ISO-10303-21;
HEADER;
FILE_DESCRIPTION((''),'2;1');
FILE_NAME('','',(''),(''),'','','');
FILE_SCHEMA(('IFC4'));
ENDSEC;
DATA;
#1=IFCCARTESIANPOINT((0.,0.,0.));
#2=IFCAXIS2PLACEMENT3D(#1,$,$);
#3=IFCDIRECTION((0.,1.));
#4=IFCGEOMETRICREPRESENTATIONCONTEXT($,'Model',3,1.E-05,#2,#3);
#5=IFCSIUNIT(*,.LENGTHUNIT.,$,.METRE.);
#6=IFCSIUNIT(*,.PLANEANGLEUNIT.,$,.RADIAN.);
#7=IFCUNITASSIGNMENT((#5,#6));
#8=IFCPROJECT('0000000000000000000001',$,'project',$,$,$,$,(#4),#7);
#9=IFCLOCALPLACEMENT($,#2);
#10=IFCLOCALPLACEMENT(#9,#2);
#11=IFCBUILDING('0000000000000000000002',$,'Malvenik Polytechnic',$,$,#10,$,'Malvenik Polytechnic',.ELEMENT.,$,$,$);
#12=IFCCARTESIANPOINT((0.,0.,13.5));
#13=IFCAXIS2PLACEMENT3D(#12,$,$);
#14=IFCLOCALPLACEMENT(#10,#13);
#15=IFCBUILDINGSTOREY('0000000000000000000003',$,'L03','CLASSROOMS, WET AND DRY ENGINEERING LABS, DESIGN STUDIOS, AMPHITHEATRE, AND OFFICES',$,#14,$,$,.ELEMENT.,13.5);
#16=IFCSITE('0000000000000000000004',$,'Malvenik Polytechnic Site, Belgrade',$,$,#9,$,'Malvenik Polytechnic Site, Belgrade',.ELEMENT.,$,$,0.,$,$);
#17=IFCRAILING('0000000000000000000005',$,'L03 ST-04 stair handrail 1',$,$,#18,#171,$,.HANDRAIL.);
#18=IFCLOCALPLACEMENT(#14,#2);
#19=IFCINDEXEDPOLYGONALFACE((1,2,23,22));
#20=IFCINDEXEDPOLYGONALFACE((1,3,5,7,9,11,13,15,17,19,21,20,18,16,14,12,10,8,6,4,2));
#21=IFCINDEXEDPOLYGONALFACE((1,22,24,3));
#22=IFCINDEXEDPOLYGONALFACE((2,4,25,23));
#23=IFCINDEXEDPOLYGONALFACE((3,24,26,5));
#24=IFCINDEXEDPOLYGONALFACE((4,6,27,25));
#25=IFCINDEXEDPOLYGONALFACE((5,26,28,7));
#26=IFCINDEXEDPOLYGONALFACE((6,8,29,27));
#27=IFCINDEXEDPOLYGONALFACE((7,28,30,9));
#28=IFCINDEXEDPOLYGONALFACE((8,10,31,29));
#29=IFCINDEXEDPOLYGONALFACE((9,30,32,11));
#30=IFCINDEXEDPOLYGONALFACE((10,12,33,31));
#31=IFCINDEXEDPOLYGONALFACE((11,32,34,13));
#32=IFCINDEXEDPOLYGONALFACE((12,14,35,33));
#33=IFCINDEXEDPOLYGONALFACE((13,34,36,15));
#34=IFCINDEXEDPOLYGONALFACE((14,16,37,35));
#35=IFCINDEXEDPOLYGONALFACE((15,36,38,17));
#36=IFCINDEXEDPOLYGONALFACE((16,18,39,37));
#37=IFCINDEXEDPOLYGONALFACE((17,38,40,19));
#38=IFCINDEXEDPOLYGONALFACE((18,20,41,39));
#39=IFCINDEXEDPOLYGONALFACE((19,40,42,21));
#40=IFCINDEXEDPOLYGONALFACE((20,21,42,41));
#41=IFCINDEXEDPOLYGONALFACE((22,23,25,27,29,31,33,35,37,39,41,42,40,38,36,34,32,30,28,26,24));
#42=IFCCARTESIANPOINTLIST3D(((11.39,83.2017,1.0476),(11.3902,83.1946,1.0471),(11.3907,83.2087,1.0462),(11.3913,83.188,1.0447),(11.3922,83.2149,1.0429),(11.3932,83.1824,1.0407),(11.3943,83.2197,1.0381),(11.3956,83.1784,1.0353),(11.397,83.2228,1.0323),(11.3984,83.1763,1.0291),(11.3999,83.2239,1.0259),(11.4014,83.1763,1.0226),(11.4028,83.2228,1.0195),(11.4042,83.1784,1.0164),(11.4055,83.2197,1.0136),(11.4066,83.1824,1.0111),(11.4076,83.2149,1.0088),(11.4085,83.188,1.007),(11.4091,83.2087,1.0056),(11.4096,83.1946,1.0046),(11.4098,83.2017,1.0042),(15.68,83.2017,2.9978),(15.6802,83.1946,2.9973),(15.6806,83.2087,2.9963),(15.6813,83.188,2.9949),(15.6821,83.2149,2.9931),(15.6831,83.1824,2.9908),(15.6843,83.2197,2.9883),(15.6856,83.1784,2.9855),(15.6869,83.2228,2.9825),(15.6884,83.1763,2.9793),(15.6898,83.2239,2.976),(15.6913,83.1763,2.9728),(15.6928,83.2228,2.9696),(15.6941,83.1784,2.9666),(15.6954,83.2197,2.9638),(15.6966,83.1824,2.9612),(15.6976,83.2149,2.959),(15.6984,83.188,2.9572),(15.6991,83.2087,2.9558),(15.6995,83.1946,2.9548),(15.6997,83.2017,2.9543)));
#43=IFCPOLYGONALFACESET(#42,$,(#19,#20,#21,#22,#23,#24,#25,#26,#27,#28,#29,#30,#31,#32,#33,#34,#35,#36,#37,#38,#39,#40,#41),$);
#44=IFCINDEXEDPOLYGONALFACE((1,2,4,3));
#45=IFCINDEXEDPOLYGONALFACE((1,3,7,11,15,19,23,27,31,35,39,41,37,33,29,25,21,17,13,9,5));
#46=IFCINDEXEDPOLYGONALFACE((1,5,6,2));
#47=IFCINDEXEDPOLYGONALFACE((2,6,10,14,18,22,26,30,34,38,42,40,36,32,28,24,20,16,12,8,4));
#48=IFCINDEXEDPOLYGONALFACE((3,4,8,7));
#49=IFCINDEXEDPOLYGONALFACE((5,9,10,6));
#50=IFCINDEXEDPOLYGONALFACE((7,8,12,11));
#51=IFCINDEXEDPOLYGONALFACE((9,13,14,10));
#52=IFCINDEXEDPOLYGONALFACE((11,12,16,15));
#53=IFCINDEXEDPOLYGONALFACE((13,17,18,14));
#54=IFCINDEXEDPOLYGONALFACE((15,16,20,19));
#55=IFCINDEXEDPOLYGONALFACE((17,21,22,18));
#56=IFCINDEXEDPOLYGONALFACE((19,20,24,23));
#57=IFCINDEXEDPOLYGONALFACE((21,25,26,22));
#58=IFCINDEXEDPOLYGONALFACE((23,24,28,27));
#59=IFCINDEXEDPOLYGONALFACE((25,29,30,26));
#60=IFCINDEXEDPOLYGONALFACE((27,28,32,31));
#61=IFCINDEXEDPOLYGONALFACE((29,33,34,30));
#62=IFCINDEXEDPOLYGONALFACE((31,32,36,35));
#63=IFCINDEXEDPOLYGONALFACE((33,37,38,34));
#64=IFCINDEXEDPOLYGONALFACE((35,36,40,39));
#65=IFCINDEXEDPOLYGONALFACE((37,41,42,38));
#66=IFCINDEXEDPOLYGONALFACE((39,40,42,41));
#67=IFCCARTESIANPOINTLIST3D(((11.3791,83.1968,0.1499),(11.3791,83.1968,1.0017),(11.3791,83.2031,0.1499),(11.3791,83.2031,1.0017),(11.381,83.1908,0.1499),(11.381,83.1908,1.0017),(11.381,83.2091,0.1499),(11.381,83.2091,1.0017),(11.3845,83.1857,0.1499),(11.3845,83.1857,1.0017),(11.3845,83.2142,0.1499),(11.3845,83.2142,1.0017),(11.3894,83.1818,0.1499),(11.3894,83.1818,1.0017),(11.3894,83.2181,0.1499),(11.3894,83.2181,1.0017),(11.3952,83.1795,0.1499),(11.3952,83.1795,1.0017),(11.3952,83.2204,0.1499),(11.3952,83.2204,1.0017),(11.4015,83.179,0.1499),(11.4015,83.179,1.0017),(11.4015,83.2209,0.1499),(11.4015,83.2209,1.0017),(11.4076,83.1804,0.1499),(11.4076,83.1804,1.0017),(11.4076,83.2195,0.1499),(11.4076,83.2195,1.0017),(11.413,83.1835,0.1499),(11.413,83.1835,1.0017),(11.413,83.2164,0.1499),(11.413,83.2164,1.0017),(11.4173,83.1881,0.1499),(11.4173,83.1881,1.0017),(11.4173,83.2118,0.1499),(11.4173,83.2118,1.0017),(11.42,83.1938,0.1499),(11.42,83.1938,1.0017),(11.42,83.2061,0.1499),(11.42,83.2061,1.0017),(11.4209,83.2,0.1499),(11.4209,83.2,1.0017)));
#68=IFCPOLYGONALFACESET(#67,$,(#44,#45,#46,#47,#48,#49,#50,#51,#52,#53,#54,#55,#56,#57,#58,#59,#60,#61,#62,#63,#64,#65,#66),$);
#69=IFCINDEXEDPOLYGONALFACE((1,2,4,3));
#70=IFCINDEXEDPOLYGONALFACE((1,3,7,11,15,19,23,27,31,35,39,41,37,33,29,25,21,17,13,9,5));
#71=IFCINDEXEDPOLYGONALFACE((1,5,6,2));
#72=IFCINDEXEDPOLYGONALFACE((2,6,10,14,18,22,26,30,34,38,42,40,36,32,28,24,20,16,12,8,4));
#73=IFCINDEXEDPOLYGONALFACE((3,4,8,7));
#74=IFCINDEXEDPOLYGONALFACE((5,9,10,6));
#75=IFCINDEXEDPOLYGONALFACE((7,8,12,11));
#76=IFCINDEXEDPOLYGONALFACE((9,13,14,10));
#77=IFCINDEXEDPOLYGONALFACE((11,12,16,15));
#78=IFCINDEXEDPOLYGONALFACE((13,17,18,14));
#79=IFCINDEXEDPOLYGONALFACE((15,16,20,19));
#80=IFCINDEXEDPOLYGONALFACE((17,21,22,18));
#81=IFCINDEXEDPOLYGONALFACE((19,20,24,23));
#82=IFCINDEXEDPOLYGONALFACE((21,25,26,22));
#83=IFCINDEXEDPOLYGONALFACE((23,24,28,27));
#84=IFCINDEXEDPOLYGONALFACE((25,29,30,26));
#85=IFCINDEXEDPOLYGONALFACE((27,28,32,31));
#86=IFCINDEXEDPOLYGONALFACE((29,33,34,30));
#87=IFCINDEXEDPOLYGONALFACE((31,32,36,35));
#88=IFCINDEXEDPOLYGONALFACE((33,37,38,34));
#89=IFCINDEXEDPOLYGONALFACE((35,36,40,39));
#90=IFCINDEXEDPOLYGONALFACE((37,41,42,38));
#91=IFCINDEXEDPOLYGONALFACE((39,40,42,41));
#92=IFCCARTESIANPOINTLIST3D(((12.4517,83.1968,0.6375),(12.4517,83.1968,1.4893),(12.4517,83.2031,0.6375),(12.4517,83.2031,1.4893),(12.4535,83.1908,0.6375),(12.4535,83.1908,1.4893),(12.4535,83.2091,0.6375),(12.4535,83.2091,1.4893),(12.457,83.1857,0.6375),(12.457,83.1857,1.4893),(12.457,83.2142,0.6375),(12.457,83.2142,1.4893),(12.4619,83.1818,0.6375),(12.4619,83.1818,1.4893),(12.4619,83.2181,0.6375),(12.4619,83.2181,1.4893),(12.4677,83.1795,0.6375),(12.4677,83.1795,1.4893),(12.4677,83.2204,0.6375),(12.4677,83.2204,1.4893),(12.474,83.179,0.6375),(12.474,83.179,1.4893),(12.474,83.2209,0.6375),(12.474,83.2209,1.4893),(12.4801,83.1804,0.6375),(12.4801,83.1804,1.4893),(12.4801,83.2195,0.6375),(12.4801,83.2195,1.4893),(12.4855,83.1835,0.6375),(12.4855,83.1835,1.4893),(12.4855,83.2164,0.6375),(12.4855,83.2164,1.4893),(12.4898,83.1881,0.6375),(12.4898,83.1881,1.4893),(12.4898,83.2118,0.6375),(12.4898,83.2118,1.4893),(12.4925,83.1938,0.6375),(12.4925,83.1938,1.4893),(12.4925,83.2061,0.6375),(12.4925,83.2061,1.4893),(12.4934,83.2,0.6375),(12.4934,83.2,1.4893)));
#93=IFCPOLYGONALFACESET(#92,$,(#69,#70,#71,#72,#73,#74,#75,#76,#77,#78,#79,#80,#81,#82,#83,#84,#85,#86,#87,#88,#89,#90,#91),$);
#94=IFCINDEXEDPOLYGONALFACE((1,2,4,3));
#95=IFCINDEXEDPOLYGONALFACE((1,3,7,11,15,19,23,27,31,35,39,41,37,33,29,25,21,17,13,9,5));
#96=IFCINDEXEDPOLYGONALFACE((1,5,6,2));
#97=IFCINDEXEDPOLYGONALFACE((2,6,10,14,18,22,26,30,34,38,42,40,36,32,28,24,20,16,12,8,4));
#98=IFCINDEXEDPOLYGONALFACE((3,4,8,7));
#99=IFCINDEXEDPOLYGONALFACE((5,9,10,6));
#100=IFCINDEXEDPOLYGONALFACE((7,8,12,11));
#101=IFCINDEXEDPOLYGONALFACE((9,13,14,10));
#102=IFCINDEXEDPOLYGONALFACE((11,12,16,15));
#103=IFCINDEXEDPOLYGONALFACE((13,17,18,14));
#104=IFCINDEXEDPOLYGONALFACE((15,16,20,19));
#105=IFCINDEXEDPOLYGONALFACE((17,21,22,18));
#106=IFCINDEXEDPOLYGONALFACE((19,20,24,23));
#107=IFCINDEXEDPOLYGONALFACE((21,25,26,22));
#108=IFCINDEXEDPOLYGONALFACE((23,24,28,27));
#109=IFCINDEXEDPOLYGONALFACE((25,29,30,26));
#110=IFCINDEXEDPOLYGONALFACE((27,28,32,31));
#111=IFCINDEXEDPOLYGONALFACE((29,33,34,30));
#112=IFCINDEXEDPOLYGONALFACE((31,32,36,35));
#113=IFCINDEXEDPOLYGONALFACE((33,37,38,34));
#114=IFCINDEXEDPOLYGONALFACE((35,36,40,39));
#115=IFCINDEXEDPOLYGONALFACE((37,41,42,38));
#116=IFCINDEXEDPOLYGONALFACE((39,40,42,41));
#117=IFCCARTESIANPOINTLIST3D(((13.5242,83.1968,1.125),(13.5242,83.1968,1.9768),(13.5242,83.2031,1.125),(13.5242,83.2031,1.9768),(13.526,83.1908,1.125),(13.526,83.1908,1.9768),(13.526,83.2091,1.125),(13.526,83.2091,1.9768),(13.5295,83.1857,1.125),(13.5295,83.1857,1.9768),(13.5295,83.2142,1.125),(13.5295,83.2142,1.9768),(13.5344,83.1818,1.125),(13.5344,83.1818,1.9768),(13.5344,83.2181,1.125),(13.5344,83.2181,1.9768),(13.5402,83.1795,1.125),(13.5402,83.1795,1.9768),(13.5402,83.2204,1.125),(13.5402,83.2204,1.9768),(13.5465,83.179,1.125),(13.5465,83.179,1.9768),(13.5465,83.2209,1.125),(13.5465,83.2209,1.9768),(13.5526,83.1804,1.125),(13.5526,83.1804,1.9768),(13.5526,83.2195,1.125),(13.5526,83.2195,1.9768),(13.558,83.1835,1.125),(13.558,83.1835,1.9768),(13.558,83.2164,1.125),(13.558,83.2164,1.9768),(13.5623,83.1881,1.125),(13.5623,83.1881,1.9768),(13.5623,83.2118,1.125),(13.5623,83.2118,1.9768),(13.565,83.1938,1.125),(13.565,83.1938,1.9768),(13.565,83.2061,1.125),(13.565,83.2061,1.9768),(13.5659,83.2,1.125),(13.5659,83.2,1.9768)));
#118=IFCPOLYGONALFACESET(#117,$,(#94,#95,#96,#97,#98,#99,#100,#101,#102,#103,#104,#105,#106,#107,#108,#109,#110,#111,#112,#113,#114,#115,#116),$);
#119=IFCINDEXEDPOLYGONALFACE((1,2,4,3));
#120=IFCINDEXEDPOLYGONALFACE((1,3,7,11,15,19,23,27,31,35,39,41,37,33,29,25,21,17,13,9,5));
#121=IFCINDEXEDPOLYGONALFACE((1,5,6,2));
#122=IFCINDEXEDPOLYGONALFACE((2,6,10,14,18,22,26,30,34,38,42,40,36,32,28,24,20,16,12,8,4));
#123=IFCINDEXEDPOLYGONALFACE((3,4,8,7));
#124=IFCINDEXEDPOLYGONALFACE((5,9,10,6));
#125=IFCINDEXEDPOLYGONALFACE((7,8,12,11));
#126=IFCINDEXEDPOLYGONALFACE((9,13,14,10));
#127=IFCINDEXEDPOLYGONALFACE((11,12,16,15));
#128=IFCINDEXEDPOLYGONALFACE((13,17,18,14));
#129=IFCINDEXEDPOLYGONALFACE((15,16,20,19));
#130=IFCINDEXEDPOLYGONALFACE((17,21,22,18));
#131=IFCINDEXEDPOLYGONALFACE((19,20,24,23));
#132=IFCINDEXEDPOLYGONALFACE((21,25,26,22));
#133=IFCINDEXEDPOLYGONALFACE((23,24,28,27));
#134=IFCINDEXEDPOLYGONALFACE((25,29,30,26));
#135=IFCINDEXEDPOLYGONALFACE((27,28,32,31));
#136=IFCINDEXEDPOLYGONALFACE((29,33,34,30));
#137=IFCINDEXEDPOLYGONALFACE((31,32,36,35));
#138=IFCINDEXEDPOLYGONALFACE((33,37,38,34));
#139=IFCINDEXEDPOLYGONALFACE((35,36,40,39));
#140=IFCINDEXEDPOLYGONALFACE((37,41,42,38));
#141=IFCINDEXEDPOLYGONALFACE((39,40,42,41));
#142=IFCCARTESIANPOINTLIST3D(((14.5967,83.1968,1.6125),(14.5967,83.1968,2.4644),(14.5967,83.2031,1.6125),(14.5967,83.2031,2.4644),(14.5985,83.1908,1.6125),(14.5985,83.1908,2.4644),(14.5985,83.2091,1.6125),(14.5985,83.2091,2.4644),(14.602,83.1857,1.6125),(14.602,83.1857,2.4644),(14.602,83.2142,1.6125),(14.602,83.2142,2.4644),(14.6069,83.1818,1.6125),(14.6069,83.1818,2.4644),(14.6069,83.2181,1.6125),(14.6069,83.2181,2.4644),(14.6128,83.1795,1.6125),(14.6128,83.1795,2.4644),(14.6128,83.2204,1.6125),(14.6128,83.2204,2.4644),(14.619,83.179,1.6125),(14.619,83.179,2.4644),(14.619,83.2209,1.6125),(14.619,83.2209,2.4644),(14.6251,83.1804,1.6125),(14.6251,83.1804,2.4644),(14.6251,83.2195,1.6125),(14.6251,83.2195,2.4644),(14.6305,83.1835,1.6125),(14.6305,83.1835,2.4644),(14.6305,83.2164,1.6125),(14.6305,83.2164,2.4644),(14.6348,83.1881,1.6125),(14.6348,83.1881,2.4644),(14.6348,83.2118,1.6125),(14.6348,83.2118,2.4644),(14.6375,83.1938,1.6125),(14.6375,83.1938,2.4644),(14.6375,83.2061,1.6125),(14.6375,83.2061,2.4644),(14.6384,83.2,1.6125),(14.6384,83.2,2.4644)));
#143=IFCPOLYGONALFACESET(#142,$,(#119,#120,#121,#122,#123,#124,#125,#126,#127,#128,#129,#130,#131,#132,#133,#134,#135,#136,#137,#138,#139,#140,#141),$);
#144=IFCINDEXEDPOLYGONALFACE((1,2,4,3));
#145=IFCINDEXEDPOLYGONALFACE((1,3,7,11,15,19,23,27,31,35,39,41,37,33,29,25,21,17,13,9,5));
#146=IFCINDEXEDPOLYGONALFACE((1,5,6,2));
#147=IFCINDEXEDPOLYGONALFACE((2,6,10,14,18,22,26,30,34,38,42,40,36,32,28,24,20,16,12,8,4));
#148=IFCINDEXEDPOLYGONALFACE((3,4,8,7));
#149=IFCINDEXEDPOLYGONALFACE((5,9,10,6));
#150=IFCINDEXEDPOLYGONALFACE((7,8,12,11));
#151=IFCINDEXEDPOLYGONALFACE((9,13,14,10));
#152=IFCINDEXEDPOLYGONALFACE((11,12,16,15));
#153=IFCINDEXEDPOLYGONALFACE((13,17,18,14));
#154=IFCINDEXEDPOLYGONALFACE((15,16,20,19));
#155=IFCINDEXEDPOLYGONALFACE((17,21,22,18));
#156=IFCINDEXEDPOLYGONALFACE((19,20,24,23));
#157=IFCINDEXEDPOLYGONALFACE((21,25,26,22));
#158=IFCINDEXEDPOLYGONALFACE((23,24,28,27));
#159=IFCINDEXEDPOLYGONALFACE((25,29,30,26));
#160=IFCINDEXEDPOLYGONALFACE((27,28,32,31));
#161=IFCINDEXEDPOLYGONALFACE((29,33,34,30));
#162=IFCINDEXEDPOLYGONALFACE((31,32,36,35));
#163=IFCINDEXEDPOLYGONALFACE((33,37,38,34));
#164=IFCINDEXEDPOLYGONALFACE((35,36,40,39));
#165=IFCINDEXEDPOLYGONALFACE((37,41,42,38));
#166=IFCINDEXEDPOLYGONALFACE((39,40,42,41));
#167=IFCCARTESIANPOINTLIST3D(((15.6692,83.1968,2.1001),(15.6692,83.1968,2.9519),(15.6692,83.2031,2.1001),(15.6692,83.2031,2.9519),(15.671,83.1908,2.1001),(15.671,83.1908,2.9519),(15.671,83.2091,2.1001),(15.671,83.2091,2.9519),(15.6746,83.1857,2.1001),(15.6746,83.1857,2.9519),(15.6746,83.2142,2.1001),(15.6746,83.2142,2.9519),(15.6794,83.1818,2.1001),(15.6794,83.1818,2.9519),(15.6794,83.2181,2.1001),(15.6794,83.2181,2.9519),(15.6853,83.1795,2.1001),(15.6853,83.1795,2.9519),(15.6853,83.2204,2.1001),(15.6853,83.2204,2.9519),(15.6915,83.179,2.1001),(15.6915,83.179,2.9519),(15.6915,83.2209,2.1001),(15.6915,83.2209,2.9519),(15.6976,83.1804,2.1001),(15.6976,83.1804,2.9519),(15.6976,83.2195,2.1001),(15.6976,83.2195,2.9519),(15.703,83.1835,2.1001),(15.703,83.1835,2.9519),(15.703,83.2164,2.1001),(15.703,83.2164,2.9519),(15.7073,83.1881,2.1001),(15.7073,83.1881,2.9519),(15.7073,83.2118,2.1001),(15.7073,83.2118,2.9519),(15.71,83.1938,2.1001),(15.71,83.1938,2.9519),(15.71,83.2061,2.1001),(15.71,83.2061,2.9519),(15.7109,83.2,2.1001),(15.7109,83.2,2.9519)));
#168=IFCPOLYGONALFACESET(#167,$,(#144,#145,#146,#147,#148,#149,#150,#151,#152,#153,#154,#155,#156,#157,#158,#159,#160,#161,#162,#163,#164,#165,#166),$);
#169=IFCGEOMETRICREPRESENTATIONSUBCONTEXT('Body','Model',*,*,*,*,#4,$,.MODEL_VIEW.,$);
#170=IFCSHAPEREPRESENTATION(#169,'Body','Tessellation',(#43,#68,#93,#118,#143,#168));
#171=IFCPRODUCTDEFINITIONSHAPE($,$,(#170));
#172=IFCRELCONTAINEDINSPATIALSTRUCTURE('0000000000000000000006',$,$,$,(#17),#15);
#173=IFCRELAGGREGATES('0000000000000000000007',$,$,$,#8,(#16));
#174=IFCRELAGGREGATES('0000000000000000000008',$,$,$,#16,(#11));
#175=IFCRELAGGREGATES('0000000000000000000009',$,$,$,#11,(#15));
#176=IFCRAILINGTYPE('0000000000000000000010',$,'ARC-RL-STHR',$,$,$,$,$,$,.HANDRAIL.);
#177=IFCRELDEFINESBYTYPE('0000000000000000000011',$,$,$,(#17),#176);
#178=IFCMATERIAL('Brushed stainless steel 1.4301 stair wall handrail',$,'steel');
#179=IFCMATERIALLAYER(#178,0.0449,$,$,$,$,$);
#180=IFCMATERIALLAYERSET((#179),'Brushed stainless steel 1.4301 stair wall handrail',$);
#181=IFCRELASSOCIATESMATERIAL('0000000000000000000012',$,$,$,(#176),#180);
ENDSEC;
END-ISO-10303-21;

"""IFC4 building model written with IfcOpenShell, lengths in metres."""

from ifc_helpers import new_model, si_unit, direction, frame, origin, origin_2d, place, context, subcontext, project, spatial, circle, extrude, material, layer, layer_set, type_object, element, save


model = new_model("IFC4")

# Units and contexts
model_context = context("Model", 3, precision=1e-05, world=origin(), true_north=direction((0.0, 1.0)))
body_context = subcontext(model_context, "Body", "Model", "MODEL_VIEW")
ifc_project = project(units=[si_unit("LENGTHUNIT", "METRE"), si_unit("PLANEANGLEUNIT", "RADIAN")], contexts=[model_context])

# Site, building, storey
site_placement = place(None, origin())
site = spatial("IfcSite", under=ifc_project, at=site_placement, Name="Malvenik Polytechnic Site, Belgrade", LongName="Malvenik Polytechnic Site, Belgrade", CompositionType="ELEMENT", RefElevation=0.0)
building_placement = place(site_placement, origin())
building = spatial("IfcBuilding", under=site, at=building_placement, Name="Malvenik Polytechnic", LongName="Malvenik Polytechnic", CompositionType="ELEMENT")
storey_placement = place(building_placement, frame((0.0, 0.0, 13.5)))
storey = spatial("IfcBuildingStorey", under=building, at=storey_placement, Name="L03", Description="CLASSROOMS, WET AND DRY ENGINEERING LABS, DESIGN STUDIOS, AMPHITHEATRE, AND OFFICES", CompositionType="ELEMENT", Elevation=13.5)

# Railing
ifc_material_1 = material(Name="Brushed stainless steel 1.4301 stair wall handrail", Category="steel")
ifc_layer_1 = layer(ifc_material_1, 0.0449)
ifc_layer_set_1 = layer_set([ifc_layer_1], Name="Brushed stainless steel 1.4301 stair wall handrail")
railing_type_1 = type_object("IfcRailingType", Name="ARC-RL-STHR", PredefinedType="HANDRAIL", material=ifc_layer_set_1)
railing_1_placement = place(storey_placement, frame((11.3999, 83.2, 0.1499)))
element("IfcRailing", 1, at=railing_1_placement, inside=storey, type_object=railing_type_1, Name="L03 ST-04 stair handrail 1", PredefinedType="HANDRAIL", context=body_context, shape_type="SweptSolid", body=[
    extrude(circle(Radius=0.0239, at=origin_2d()), frame((0.0, 0.0, 0.876), z_axis=(0.910352, 0.0, 0.413834), x_axis=(0.0, 1.0, 0.0)), (0.0, 0.0, 1.0), 4.7124),
    extrude(circle(Radius=0.021, at=origin_2d()), origin(), (0.0, 0.0, 1.0), 0.8518),
    extrude(circle(Radius=0.021, at=origin_2d()), frame((1.0725, 0.0, 0.4875)), (0.0, 0.0, 1.0), 0.8518),
    extrude(circle(Radius=0.021, at=origin_2d()), frame((2.145, 0.0, 0.9751)), (0.0, 0.0, 1.0), 0.8518),
    extrude(circle(Radius=0.021, at=origin_2d()), frame((3.2175, 0.0, 1.4626)), (0.0, 0.0, 1.0), 0.8518),
    extrude(circle(Radius=0.021, at=origin_2d()), frame((4.29, 0.0, 1.9502)), (0.0, 0.0, 1.0), 0.8518),
])

save(model, "model.ifc")
